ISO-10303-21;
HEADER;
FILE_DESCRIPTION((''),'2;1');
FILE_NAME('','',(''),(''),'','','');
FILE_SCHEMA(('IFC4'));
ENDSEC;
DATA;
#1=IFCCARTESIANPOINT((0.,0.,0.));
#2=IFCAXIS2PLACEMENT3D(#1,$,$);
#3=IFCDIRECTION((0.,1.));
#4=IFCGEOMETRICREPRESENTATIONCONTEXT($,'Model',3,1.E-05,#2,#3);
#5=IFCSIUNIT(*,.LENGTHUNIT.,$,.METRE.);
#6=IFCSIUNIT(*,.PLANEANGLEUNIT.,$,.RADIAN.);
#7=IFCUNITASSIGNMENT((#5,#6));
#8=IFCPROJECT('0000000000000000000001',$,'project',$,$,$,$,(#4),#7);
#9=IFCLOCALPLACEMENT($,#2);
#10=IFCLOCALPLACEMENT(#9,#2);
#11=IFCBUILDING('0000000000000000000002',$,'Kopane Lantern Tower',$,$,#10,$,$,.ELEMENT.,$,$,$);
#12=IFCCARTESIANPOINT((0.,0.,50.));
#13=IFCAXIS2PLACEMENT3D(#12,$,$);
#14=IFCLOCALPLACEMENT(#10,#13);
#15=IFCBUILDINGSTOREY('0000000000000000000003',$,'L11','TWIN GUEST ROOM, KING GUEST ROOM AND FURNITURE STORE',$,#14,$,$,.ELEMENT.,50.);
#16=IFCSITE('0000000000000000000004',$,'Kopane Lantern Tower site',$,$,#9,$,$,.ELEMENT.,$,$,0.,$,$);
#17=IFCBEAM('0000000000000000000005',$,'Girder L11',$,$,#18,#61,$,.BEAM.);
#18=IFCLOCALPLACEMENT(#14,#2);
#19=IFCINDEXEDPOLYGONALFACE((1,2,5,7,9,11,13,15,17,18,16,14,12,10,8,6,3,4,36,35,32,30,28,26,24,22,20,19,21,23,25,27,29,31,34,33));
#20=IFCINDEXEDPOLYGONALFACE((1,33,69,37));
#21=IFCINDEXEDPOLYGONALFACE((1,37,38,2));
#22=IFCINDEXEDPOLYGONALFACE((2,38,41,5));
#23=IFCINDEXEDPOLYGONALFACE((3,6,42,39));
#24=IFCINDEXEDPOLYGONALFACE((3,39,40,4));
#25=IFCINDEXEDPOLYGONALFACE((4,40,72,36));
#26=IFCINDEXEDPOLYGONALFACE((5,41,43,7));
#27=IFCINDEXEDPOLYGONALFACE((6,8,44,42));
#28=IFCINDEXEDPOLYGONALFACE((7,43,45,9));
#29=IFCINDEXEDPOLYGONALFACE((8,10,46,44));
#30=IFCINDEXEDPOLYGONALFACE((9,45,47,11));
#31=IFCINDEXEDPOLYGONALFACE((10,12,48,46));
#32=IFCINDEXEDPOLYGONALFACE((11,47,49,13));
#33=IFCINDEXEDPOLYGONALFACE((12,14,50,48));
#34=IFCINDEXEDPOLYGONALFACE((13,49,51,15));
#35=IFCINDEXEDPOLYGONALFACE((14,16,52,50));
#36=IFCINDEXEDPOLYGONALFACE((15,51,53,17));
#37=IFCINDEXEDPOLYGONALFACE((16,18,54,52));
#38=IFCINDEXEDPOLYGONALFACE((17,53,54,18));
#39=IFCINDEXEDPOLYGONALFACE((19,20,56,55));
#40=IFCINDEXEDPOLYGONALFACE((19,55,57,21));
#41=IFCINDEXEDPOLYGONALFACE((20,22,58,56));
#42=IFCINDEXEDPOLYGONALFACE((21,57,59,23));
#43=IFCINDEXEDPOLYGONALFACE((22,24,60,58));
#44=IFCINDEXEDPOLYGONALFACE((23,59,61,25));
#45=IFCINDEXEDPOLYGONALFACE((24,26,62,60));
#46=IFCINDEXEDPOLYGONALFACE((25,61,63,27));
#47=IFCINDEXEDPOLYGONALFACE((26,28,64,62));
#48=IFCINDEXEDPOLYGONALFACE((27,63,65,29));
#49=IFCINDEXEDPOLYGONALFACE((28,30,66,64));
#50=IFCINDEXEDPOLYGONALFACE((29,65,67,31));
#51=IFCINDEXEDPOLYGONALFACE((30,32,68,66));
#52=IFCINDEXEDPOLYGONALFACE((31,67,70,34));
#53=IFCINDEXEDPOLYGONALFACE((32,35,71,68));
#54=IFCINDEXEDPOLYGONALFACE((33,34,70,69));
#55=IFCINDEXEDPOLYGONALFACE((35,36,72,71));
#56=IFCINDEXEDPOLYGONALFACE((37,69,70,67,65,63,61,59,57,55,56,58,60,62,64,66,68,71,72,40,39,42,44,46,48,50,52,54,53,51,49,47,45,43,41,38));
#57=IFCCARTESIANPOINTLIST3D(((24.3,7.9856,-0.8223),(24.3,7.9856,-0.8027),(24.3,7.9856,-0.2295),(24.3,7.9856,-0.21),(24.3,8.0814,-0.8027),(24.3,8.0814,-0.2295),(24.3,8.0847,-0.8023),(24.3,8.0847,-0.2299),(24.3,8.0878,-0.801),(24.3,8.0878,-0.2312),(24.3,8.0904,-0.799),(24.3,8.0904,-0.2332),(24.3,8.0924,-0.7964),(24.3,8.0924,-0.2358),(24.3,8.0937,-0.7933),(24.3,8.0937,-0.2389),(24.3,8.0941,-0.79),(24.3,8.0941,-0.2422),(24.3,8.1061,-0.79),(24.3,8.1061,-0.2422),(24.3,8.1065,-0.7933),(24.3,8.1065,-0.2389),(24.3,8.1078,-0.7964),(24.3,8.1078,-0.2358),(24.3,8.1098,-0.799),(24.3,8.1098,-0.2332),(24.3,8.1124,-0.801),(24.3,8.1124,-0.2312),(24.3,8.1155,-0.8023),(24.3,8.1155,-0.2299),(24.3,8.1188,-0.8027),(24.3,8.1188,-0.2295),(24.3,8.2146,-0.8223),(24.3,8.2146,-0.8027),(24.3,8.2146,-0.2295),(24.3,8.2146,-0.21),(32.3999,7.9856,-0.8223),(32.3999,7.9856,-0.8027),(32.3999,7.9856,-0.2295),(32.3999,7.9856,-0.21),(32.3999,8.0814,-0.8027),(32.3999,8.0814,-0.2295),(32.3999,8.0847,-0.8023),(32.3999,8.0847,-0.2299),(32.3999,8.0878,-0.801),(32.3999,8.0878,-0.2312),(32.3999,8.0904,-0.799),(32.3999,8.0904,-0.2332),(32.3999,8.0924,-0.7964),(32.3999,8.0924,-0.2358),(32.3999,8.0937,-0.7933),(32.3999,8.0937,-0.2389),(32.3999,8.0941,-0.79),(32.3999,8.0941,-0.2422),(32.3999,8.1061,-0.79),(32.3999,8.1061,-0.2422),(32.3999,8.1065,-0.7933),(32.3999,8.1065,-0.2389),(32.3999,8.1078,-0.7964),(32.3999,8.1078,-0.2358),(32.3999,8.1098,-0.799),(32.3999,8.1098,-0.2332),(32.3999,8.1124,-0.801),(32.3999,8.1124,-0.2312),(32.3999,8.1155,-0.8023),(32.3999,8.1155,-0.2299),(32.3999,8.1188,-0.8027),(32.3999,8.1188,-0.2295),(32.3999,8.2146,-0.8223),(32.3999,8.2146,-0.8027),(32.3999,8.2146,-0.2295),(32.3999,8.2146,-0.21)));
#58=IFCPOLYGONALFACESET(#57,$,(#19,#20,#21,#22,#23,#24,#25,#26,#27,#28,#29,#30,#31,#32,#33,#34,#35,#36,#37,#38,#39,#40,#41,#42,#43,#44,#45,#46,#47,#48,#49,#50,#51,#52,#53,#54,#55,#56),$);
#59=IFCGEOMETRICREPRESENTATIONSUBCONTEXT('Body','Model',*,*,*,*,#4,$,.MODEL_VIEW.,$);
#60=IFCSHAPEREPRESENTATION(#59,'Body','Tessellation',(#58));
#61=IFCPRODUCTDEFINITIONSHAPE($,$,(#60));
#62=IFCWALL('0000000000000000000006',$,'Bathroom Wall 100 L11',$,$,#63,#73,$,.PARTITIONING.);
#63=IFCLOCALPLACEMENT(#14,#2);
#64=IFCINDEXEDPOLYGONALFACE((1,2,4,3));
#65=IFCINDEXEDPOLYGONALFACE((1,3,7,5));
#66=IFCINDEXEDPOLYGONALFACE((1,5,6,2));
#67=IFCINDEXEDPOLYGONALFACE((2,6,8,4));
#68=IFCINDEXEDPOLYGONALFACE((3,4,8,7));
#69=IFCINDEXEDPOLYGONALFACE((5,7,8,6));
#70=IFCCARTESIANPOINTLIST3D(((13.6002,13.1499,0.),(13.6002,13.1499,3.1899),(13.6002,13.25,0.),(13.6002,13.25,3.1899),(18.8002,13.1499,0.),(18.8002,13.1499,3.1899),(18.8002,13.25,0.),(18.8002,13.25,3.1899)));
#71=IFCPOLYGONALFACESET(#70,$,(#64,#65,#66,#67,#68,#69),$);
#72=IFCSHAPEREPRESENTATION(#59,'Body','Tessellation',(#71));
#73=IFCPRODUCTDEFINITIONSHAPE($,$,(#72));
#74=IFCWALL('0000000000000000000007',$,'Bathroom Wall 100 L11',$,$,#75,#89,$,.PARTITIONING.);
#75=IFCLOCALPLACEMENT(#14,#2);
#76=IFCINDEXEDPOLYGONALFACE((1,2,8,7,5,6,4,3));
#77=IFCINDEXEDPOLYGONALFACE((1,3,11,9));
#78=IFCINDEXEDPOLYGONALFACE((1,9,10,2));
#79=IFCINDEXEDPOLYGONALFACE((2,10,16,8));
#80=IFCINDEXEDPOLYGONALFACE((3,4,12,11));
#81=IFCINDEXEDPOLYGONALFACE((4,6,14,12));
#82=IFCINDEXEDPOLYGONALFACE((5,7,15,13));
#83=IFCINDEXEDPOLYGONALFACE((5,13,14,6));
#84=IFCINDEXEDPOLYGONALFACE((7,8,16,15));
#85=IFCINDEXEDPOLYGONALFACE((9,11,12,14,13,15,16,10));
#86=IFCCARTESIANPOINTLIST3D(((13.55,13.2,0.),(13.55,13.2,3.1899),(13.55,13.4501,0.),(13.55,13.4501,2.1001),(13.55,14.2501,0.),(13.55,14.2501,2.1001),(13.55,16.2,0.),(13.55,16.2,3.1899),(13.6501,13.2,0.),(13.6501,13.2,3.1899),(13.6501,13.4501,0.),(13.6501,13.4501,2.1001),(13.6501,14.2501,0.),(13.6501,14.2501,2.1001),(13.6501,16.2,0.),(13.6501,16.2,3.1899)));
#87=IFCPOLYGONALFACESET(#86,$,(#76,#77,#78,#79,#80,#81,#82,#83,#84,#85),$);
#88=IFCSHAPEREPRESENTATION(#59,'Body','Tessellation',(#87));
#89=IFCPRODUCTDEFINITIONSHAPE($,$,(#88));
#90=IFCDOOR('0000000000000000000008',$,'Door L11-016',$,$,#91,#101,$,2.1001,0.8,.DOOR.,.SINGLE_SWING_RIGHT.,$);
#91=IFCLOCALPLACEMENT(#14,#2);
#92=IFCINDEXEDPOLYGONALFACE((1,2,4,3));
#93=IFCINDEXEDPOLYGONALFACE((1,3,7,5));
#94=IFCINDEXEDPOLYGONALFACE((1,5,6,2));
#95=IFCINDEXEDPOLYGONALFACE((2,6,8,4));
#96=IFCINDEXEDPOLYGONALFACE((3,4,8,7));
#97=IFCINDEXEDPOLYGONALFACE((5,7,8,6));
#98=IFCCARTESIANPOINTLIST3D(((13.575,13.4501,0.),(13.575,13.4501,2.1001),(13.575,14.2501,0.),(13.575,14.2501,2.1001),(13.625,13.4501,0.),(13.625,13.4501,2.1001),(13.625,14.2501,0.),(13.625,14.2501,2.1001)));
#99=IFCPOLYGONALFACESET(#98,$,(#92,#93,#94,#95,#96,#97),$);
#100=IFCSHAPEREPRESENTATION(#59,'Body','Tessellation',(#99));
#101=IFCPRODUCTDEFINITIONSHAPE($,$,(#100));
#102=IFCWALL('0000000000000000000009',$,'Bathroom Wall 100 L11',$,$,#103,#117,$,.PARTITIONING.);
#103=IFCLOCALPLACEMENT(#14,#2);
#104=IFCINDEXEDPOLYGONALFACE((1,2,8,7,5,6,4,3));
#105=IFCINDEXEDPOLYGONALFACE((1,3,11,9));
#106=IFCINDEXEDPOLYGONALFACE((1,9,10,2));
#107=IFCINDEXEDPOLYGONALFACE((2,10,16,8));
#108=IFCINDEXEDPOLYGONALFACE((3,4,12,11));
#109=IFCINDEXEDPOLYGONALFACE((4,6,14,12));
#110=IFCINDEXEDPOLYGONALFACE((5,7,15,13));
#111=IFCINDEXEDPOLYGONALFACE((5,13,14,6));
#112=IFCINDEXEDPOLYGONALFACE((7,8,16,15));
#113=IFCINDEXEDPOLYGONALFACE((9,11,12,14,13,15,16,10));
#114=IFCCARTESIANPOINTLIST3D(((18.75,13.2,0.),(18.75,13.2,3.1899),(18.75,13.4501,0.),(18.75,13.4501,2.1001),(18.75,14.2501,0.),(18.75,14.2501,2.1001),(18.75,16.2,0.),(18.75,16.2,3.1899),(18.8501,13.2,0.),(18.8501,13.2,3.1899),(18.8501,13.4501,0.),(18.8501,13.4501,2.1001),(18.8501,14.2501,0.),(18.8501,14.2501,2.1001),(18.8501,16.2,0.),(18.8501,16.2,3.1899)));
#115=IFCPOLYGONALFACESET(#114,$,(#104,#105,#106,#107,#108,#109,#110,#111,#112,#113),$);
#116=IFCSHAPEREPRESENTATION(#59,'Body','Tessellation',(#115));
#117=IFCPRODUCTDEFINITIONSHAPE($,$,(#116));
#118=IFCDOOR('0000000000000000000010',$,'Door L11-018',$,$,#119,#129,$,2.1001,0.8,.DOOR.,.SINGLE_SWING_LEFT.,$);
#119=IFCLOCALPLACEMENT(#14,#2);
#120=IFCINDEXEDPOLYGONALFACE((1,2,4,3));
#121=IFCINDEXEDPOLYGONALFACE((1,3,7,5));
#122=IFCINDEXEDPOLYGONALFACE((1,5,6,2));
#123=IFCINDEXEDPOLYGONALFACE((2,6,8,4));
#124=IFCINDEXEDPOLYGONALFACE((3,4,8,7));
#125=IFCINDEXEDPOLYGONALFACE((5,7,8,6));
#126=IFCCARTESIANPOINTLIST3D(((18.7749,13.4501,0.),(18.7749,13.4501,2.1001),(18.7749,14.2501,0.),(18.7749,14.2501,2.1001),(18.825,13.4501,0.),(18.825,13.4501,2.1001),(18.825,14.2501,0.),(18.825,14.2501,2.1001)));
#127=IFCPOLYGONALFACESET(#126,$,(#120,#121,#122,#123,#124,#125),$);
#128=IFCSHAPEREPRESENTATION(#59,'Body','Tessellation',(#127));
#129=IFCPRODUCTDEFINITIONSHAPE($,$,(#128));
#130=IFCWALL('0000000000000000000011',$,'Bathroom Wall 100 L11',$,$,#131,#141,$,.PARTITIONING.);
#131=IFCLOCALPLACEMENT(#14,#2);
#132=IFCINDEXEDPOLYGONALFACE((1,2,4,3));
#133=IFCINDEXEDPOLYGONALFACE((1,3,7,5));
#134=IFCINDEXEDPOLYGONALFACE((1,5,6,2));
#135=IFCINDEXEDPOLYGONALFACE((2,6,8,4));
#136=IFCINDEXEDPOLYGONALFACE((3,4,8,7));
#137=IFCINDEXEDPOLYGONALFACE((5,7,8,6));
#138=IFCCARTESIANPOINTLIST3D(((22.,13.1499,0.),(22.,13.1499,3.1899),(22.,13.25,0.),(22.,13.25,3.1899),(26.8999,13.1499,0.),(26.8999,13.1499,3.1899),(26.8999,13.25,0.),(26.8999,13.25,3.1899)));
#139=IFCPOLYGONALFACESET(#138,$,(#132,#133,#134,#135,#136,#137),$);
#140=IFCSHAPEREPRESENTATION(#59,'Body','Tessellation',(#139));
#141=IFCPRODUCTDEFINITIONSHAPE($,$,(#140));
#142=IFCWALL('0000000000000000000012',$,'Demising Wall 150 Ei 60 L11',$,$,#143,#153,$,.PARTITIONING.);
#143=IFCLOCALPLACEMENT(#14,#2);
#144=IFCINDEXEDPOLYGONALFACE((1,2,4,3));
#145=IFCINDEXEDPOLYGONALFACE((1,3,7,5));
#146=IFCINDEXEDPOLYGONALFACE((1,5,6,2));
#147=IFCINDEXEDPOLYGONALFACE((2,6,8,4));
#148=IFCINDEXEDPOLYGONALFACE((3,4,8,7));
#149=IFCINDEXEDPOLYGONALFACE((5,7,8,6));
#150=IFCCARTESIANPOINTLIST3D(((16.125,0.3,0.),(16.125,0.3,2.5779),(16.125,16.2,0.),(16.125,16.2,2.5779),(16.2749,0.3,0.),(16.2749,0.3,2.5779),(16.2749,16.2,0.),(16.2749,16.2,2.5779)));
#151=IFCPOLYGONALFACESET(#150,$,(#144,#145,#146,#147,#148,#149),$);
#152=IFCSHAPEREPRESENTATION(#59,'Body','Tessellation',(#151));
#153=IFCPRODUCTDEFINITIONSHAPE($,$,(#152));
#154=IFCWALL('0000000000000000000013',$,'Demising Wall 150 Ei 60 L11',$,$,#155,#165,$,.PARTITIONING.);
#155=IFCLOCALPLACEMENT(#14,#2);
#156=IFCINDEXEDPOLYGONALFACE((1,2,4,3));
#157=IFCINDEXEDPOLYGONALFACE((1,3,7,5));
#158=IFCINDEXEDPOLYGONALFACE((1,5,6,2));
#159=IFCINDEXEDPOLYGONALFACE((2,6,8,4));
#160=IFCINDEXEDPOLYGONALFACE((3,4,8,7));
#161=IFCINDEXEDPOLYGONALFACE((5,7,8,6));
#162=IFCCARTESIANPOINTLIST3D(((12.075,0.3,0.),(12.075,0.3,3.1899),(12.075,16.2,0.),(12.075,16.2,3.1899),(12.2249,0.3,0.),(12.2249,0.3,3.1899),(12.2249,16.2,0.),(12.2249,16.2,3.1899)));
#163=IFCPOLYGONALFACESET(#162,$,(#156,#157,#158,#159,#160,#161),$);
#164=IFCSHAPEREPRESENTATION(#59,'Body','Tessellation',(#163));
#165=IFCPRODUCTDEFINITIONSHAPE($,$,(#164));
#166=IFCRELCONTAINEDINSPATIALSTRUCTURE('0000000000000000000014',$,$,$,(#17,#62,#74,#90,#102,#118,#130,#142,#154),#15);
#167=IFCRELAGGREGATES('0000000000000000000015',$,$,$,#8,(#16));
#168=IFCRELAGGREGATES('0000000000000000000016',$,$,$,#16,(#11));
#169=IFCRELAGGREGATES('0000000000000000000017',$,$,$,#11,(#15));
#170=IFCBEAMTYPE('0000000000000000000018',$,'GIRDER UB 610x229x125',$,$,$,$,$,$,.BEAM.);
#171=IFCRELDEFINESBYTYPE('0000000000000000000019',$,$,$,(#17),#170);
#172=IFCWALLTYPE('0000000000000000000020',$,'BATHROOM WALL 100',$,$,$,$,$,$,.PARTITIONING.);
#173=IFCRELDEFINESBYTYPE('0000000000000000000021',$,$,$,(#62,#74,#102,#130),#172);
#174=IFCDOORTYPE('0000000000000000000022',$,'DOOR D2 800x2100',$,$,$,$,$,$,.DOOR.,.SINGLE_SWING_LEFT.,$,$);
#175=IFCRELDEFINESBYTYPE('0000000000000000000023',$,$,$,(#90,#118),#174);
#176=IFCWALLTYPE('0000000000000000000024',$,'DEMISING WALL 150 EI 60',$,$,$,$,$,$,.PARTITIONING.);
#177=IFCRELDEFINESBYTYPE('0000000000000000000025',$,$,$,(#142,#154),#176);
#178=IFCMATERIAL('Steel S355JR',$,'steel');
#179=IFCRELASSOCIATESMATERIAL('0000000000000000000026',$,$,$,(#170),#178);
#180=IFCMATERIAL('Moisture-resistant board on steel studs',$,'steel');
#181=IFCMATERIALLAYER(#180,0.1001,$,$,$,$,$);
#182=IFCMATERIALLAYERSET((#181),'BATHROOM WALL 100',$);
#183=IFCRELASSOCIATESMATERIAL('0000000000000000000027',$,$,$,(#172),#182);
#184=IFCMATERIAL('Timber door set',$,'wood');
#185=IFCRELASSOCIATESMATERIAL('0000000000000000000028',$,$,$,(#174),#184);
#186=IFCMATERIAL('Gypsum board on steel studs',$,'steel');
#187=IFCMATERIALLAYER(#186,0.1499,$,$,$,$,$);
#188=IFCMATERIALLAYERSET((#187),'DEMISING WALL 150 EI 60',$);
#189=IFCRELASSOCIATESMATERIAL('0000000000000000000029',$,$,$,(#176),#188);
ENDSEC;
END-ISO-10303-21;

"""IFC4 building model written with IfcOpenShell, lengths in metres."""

from ifc_helpers import new_model, si_unit, direction, frame, frame_2d, origin, origin_2d, place, context, subcontext, project, spatial, rectangle, i_section, extrude, material, layer, layer_set, material_profile, profile_set, type_object, element, fill, save


model = new_model("IFC4")

# Units and contexts
model_context = context("Model", 3, precision=1e-05, world=origin(), true_north=direction((0.0, 1.0)))
body_context = subcontext(model_context, "Body", "Model", "MODEL_VIEW")
ifc_project = project(units=[si_unit("LENGTHUNIT", "METRE"), si_unit("PLANEANGLEUNIT", "RADIAN")], contexts=[model_context])

# Site, building, storey
site_placement = place(None, origin())
site = spatial("IfcSite", under=ifc_project, at=site_placement, Name="Kopane Lantern Tower site", CompositionType="ELEMENT", RefElevation=0.0)
building_placement = place(site_placement, origin())
building = spatial("IfcBuilding", under=site, at=building_placement, Name="Kopane Lantern Tower", CompositionType="ELEMENT")
storey_placement = place(building_placement, frame((0.0, 0.0, 50.0)))
storey = spatial("IfcBuildingStorey", under=building, at=storey_placement, Name="L11", Description="TWIN GUEST ROOM, KING GUEST ROOM AND FURNITURE STORE", CompositionType="ELEMENT", Elevation=50.0)

# Beam
ifc_material_1 = material(Name="Steel S355JR", Category="steel")
ifc_material_profile_1 = material_profile(ifc_material_1, i_section(OverallWidth=0.229, OverallDepth=0.6123, WebThickness=0.012, FlangeThickness=0.0195, FilletRadius=0.0127, at=origin_2d()), Name="UB 610x229x125")
ifc_profile_set_1 = profile_set([ifc_material_profile_1], Name="Steel S355JR")
beam_type = type_object("IfcBeamType", Name="GIRDER UB 610x229x125", PredefinedType="BEAM", material=ifc_profile_set_1)
for number, where, z_axis, x_axis, name in (
    (1, (24.3, 8.1001, -0.5161), (1.0, 0.0, 0.0), (0.0, 1.0, 0.0), "Girder L11"),
):
    element("IfcBeam", number, at=place(storey_placement, frame(where, z_axis=z_axis, x_axis=x_axis)), inside=storey, type_object=beam_type, Name=name, PredefinedType="BEAM", context=body_context, shape_type="SweptSolid", body=[
        extrude(i_section(OverallWidth=0.229, OverallDepth=0.6123, WebThickness=0.012, FlangeThickness=0.0195, FilletRadius=0.0127, at=origin_2d()), origin(), (0.0, 0.0, 1.0), 8.0999),
    ])

# Wall
ifc_material_2 = material(Name="Moisture-resistant board on steel studs", Category="steel")
ifc_layer_1 = layer(ifc_material_2, 0.1001)
ifc_layer_set_1 = layer_set([ifc_layer_1], Name="BATHROOM WALL 100")
wall_type_1 = type_object("IfcWallType", Name="BATHROOM WALL 100", PredefinedType="PARTITIONING", material=ifc_layer_set_1)
wall_1_placement = place(storey_placement, frame((13.6001, 13.2, 0.0), z_axis=(0.0, 0.0, 1.0), x_axis=(1.0, 0.0, 0.0)))
element("IfcWall", 2, at=wall_1_placement, inside=storey, type_object=wall_type_1, Name="Bathroom Wall 100 L11", PredefinedType="PARTITIONING", context=body_context, shape_type="SweptSolid", body=[
    extrude(rectangle(XDim=5.2, YDim=0.1001, at=frame_2d((2.6001, 0.0))), origin(), (0.0, 0.0, 1.0), 3.1899),
])

# Walls, openings, doors
wall_2_placement = place(storey_placement, frame((13.6001, 16.2, 0.0), z_axis=(0.0, 0.0, 1.0), x_axis=(0.0, -1.0, 0.0)))
wall_2 = element("IfcWall", 3, at=wall_2_placement, inside=storey, type_object=wall_type_1, Name="Bathroom Wall 100 L11", PredefinedType="PARTITIONING", context=body_context, shape_type="SweptSolid", body=[
    extrude(rectangle(XDim=3.0, YDim=0.1001, at=frame_2d((1.5, 0.0))), origin(), (0.0, 0.0, 1.0), 3.1899),
])
opening_1_placement = place(wall_2_placement, frame((1.95, 0.0, 0.0)))
opening_1 = element("IfcOpeningElement", 4, at=opening_1_placement, cuts=wall_2, PredefinedType="OPENING", context=body_context, shape_type="SweptSolid", body=[
    extrude(rectangle(XDim=0.8, YDim=2.1001, at=frame_2d((0.3999, 1.05))), frame((0.0, 0.0601, 0.0), z_axis=(0.0, -1.0, 0.0), x_axis=(1.0, 0.0, 0.0)), (0.0, 0.0, 1.0), 0.1201),
])
ifc_material_3 = material(Name="Timber door set", Category="wood")
door_type = type_object("IfcDoorType", Name="DOOR D2 800x2100", OperationType="SINGLE_SWING_LEFT", PredefinedType="DOOR", material=ifc_material_3)
door_1_placement = place(opening_1_placement, origin())
door_1 = element("IfcDoor", 5, at=door_1_placement, inside=storey, type_object=door_type, Name="Door L11-016", OperationType="SINGLE_SWING_RIGHT", OverallHeight=2.1001, OverallWidth=0.8, PredefinedType="DOOR", context=body_context, shape_type="SweptSolid", body=[
    extrude(rectangle(XDim=0.8, YDim=2.1001, at=frame_2d((0.3999, 1.05))), frame((0.0, 0.0249, 0.0), z_axis=(0.0, -1.0, 0.0), x_axis=(1.0, 0.0, 0.0)), (0.0, 0.0, 1.0), 0.05),
])
fill(opening_1, door_1)
wall_3_placement = place(storey_placement, frame((18.8, 16.2, 0.0), z_axis=(0.0, 0.0, 1.0), x_axis=(0.0, -1.0, 0.0)))
wall_3 = element("IfcWall", 6, at=wall_3_placement, inside=storey, type_object=wall_type_1, Name="Bathroom Wall 100 L11", PredefinedType="PARTITIONING", context=body_context, shape_type="SweptSolid", body=[
    extrude(rectangle(XDim=3.0, YDim=0.1001, at=frame_2d((1.5, 0.0))), origin(), (0.0, 0.0, 1.0), 3.1899),
])
opening_2_placement = place(wall_3_placement, frame((1.95, 0.0, 0.0)))
opening_2 = element("IfcOpeningElement", 7, at=opening_2_placement, cuts=wall_3, PredefinedType="OPENING", context=body_context, shape_type="SweptSolid", body=[
    extrude(rectangle(XDim=0.8, YDim=2.1001, at=frame_2d((0.3999, 1.05))), frame((0.0, 0.0601, 0.0), z_axis=(0.0, -1.0, 0.0), x_axis=(1.0, 0.0, 0.0)), (0.0, 0.0, 1.0), 0.1201),
])
door_2_placement = place(opening_2_placement, origin())
door_2 = element("IfcDoor", 8, at=door_2_placement, inside=storey, type_object=door_type, Name="Door L11-018", OperationType="SINGLE_SWING_LEFT", OverallHeight=2.1001, OverallWidth=0.8, PredefinedType="DOOR", context=body_context, shape_type="SweptSolid", body=[
    extrude(rectangle(XDim=0.8, YDim=2.1001, at=frame_2d((0.3999, 1.05))), frame((0.0, 0.0249, 0.0), z_axis=(0.0, -1.0, 0.0), x_axis=(1.0, 0.0, 0.0)), (0.0, 0.0, 1.0), 0.05),
])
fill(opening_2, door_2)

# Walls
wall_4_placement = place(storey_placement, frame((22.0, 13.2, 0.0), z_axis=(0.0, 0.0, 1.0), x_axis=(1.0, 0.0, 0.0)))
element("IfcWall", 9, at=wall_4_placement, inside=storey, type_object=wall_type_1, Name="Bathroom Wall 100 L11", PredefinedType="PARTITIONING", context=body_context, shape_type="SweptSolid", body=[
    extrude(rectangle(XDim=4.8999, YDim=0.1001, at=frame_2d((2.45, 0.0))), origin(), (0.0, 0.0, 1.0), 3.1899),
])
ifc_material_4 = material(Name="Gypsum board on steel studs", Category="steel")
ifc_layer_2 = layer(ifc_material_4, 0.1499)
ifc_layer_set_2 = layer_set([ifc_layer_2], Name="DEMISING WALL 150 EI 60")
wall_type_2 = type_object("IfcWallType", Name="DEMISING WALL 150 EI 60", PredefinedType="PARTITIONING", material=ifc_layer_set_2)
wall_5_placement = place(storey_placement, frame((16.2, 16.2, 0.0), z_axis=(0.0, 0.0, 1.0), x_axis=(0.0, -1.0, 0.0)))
element("IfcWall", 10, at=wall_5_placement, inside=storey, type_object=wall_type_2, Name="Demising Wall 150 Ei 60 L11", PredefinedType="PARTITIONING", context=body_context, shape_type="SweptSolid", body=[
    extrude(rectangle(XDim=15.8999, YDim=0.1499, at=frame_2d((7.95, 0.0))), origin(), (0.0, 0.0, 1.0), 2.5779),
])
wall_6_placement = place(storey_placement, frame((12.1499, 16.2, 0.0), z_axis=(0.0, 0.0, 1.0), x_axis=(0.0, -1.0, 0.0)))
element("IfcWall", 11, at=wall_6_placement, inside=storey, type_object=wall_type_2, Name="Demising Wall 150 Ei 60 L11", PredefinedType="PARTITIONING", context=body_context, shape_type="SweptSolid", body=[
    extrude(rectangle(XDim=15.8999, YDim=0.1499, at=frame_2d((7.95, 0.0))), origin(), (0.0, 0.0, 1.0), 3.1899),
])

save(model, "model.ifc")
